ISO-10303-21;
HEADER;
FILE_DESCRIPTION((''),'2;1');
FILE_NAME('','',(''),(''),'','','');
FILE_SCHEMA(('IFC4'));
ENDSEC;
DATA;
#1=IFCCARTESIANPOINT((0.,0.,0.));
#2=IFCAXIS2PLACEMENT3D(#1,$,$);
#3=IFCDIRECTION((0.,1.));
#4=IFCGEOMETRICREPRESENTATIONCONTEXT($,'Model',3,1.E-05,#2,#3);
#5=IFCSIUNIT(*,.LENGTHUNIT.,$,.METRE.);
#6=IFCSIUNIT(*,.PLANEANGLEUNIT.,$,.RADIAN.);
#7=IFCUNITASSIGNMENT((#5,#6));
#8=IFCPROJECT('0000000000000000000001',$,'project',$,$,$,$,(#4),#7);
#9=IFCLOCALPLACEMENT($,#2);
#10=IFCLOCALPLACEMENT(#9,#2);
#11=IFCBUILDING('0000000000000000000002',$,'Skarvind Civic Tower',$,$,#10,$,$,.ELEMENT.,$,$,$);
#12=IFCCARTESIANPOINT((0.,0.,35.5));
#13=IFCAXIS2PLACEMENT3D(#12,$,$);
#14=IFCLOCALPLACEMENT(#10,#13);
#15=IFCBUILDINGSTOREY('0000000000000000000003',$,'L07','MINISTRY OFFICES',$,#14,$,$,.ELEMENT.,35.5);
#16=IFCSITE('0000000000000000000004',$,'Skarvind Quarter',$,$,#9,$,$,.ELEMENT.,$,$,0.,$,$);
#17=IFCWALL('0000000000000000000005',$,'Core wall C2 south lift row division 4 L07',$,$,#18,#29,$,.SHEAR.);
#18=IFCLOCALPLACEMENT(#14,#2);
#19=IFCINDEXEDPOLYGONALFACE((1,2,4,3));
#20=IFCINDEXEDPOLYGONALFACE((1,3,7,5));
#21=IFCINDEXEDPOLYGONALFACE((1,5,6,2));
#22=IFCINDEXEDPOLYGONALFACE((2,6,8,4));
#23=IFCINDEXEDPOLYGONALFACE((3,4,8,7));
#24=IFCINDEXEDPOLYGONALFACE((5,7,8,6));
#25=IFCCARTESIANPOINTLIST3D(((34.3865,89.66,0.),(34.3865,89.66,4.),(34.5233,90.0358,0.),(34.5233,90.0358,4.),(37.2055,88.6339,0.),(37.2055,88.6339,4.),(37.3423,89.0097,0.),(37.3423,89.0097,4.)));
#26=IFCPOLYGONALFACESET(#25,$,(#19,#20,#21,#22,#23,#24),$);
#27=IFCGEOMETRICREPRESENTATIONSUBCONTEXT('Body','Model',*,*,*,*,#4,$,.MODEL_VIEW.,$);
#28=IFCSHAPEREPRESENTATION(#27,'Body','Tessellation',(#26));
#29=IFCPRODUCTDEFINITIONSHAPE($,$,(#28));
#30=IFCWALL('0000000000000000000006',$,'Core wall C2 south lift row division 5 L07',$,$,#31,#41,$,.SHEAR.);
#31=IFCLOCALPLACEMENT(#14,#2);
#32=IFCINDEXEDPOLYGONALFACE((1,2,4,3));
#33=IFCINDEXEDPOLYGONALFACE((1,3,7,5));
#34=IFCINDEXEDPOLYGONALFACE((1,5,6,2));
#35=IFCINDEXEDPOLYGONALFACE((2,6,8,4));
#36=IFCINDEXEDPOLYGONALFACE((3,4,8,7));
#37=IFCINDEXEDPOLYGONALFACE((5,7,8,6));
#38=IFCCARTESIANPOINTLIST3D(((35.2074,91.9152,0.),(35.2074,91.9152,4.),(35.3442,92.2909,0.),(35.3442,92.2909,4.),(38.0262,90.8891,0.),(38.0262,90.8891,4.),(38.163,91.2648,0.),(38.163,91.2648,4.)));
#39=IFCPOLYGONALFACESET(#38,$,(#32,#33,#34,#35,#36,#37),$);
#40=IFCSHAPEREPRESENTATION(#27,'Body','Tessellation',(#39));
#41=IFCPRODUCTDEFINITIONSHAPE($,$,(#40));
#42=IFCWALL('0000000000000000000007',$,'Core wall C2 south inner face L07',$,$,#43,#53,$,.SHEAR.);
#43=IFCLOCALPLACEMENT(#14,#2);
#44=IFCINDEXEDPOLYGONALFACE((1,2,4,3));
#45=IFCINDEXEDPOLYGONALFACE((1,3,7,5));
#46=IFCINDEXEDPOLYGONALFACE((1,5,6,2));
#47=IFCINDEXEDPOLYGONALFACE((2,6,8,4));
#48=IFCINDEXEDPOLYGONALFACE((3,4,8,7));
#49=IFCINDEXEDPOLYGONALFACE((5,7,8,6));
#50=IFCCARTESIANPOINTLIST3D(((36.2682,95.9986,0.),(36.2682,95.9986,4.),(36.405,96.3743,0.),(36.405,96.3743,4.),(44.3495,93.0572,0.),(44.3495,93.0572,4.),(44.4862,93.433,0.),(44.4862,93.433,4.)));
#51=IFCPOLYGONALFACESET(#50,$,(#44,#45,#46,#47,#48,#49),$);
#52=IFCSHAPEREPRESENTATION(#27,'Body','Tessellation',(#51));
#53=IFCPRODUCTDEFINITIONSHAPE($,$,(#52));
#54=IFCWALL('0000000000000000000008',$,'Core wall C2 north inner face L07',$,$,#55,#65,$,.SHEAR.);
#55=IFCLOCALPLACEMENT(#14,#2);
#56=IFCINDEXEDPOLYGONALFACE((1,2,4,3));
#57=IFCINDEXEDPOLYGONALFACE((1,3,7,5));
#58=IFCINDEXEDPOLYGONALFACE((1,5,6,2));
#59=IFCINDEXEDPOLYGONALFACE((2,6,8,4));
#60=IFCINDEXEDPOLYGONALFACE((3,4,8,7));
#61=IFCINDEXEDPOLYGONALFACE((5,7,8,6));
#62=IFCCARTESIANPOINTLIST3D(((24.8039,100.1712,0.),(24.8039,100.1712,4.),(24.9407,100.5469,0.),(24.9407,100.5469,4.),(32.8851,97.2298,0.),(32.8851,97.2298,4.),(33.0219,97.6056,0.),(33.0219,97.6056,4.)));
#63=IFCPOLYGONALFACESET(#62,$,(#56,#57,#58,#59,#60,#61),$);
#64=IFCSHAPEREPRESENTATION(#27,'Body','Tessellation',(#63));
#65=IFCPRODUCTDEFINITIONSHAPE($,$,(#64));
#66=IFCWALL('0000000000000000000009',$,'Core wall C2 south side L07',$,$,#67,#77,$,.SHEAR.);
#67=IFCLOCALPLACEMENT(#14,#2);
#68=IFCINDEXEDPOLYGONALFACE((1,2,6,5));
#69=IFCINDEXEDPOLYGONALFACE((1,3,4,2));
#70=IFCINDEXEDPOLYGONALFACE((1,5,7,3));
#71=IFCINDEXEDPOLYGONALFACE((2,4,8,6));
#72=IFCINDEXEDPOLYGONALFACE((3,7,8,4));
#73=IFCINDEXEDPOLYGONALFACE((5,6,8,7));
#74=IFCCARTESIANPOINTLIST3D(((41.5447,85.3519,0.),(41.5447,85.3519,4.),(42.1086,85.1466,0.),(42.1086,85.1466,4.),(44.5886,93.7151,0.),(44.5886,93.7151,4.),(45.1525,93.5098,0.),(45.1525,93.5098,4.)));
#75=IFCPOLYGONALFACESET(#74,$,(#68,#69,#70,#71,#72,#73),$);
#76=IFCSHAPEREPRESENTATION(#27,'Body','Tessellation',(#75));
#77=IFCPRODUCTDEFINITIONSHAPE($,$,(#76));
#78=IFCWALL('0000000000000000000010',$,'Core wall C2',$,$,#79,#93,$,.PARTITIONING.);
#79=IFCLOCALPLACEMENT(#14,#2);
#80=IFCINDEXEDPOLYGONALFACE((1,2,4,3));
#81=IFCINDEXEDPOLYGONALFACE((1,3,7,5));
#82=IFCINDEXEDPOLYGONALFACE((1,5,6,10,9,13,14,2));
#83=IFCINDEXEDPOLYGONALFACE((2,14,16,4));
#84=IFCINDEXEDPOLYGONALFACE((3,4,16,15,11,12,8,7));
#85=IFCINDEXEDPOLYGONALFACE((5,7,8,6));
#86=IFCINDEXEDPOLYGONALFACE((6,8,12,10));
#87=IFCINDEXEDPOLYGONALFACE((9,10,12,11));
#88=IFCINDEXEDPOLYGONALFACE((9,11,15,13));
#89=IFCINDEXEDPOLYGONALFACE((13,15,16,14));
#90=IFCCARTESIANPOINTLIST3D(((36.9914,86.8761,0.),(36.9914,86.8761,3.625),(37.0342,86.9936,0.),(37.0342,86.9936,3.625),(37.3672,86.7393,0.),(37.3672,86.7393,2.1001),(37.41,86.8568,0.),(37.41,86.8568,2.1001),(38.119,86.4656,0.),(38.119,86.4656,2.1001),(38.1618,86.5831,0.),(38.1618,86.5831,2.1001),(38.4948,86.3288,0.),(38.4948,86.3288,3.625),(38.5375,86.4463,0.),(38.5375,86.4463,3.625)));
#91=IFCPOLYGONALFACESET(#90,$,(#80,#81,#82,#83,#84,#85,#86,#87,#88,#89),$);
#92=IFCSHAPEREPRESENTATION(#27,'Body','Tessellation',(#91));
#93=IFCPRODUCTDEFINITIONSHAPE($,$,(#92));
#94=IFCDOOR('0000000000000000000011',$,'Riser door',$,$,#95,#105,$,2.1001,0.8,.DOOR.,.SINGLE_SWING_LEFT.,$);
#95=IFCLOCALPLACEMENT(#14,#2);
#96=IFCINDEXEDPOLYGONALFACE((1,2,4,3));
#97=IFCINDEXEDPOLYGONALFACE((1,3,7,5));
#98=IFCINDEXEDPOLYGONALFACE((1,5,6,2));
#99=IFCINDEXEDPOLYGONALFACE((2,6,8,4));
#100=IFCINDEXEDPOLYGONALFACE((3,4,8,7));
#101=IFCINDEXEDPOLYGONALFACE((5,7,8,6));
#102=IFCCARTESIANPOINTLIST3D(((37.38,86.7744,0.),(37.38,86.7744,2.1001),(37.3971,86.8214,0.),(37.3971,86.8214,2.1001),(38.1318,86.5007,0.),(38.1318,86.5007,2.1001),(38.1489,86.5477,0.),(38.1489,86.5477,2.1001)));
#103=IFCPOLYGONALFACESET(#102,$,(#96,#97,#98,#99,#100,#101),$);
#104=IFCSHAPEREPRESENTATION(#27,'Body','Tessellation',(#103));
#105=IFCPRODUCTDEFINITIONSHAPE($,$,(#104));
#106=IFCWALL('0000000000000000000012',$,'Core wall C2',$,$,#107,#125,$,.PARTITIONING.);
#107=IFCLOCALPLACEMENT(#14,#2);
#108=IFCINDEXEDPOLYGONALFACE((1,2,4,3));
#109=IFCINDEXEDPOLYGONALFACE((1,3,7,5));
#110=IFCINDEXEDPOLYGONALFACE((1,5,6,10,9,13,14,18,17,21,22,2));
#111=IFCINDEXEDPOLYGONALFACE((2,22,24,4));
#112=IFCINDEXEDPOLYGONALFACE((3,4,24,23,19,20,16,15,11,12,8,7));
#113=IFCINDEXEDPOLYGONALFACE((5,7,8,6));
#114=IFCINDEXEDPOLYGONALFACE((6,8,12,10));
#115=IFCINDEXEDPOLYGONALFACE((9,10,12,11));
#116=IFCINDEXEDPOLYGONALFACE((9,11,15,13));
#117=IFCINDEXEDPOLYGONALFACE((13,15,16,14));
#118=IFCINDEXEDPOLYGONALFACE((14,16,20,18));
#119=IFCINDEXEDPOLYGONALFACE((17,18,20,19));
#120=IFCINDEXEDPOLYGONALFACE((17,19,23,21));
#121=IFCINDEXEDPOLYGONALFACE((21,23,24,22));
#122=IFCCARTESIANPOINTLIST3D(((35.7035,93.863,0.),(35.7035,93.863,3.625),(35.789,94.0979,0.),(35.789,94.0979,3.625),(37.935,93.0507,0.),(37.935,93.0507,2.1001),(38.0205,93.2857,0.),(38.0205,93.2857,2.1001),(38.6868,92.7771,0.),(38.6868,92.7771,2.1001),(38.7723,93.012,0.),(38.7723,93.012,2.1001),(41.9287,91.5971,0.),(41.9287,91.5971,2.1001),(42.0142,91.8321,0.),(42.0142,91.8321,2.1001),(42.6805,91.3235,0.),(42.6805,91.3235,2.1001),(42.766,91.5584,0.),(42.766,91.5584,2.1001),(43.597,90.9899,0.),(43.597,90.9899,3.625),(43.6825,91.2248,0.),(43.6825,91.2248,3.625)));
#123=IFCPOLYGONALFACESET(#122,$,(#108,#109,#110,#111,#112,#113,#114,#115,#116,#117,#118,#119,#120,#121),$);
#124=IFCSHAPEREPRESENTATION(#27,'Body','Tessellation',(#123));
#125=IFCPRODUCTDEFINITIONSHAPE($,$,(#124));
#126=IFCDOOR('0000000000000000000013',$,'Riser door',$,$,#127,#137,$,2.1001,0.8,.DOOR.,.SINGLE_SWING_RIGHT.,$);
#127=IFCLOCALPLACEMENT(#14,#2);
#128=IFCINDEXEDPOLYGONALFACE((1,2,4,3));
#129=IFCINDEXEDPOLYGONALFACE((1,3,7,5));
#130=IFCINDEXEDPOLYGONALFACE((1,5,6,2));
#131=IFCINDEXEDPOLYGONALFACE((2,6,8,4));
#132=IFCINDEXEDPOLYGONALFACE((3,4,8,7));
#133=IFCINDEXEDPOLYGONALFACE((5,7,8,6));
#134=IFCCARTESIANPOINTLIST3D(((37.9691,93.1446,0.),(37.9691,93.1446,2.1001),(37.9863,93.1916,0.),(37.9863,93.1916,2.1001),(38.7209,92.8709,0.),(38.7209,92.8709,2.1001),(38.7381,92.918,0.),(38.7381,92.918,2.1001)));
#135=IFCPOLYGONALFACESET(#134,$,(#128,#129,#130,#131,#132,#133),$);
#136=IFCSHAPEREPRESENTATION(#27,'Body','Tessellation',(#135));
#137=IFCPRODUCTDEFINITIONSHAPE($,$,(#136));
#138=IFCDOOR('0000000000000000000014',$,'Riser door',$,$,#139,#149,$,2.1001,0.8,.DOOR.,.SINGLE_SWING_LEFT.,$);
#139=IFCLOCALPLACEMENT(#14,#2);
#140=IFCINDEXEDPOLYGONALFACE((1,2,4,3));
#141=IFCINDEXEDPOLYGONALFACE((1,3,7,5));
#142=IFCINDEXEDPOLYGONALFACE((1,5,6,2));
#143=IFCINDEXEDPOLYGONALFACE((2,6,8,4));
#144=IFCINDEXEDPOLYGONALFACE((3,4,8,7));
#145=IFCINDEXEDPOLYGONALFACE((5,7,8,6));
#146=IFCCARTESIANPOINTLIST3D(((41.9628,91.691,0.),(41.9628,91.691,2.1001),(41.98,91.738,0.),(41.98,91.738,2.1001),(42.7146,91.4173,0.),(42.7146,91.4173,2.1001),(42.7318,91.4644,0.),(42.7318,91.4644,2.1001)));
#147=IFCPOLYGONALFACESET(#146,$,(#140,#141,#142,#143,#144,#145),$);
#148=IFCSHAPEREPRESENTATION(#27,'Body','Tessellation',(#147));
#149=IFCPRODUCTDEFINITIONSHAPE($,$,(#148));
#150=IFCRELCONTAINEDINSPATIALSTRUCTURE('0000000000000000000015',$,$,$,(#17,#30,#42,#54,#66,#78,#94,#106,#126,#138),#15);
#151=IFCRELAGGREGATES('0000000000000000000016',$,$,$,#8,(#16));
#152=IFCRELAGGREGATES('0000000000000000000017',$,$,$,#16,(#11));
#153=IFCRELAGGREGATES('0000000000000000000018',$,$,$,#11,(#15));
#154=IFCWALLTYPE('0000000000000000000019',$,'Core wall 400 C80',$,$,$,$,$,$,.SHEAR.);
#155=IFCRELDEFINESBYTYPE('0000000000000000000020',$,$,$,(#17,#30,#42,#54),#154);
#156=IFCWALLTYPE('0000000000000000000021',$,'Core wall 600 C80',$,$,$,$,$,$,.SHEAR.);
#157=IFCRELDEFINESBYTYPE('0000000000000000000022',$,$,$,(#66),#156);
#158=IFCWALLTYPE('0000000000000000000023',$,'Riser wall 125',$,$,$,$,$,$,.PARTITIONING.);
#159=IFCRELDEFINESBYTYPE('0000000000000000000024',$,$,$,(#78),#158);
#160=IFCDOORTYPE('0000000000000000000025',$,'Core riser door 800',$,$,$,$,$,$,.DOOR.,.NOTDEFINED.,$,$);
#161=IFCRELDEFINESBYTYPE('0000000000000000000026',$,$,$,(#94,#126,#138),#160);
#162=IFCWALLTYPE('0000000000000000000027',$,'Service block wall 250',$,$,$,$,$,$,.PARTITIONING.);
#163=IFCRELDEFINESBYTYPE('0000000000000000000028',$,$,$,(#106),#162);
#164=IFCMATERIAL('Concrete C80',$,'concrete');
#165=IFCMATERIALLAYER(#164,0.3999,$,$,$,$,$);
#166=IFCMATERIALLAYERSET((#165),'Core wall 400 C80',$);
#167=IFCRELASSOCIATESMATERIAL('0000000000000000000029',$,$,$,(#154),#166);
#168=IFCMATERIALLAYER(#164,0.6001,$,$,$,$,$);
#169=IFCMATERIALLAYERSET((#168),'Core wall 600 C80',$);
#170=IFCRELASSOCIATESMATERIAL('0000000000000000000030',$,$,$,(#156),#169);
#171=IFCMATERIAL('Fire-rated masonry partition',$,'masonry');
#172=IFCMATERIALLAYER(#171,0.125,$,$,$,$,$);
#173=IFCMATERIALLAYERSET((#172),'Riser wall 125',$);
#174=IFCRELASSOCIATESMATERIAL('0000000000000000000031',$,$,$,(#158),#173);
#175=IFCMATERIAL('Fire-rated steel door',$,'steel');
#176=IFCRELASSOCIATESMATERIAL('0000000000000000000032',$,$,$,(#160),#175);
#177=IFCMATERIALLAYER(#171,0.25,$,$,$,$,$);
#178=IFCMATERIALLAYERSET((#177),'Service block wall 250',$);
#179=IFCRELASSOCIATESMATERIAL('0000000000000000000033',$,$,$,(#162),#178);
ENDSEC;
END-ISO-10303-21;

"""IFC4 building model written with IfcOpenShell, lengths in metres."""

from ifc_helpers import new_model, si_unit, direction, frame, frame_2d, origin, place, context, subcontext, project, spatial, rectangle, extrude, material, layer, layer_set, type_object, element, fill, save


model = new_model("IFC4")

# Units and contexts
model_context = context("Model", 3, precision=1e-05, world=origin(), true_north=direction((0.0, 1.0)))
body_context = subcontext(model_context, "Body", "Model", "MODEL_VIEW")
ifc_project = project(units=[si_unit("LENGTHUNIT", "METRE"), si_unit("PLANEANGLEUNIT", "RADIAN")], contexts=[model_context])

# Site, building, storey
site_placement = place(None, origin())
site = spatial("IfcSite", under=ifc_project, at=site_placement, Name="Skarvind Quarter", CompositionType="ELEMENT", RefElevation=0.0)
building_placement = place(site_placement, origin())
building = spatial("IfcBuilding", under=site, at=building_placement, Name="Skarvind Civic Tower", CompositionType="ELEMENT")
storey_placement = place(building_placement, frame((0.0, 0.0, 35.5)))
storey = spatial("IfcBuildingStorey", under=building, at=storey_placement, Name="L07", Description="MINISTRY OFFICES", CompositionType="ELEMENT", Elevation=35.5)

# Shared definitions
ifc_material_1 = material(Name="Concrete C80", Category="concrete")

# Shared definitions
ifc_material_2 = material(Name="Fire-rated masonry partition", Category="masonry")
ifc_material_3 = material(Name="Fire-rated steel door", Category="steel")

# Walls
ifc_layer_1 = layer(ifc_material_1, 0.3999)
ifc_layer_set_1 = layer_set([ifc_layer_1], Name="Core wall 400 C80")
wall_type_1 = type_object("IfcWallType", Name="Core wall 400 C80", PredefinedType="SHEAR", material=ifc_layer_set_1)
for number, where, z_axis, x_axis, name in (
    (1, (37.2739, 88.8218, 0.0), (0.0, 0.0, 1.0), (-0.939686, 0.342037, 0.0), "Core wall C2 south lift row division 4 L07"),
):
    element("IfcWall", number, at=place(storey_placement, frame(where, z_axis=z_axis, x_axis=x_axis)), inside=storey, type_object=wall_type_1, Name=name, PredefinedType="SHEAR", context=body_context, shape_type="SweptSolid", body=[
        extrude(rectangle(XDim=3.0, YDim=0.3999, at=frame_2d((1.5, 0.0))), origin(), (0.0, 0.0, 1.0), 4.0),
    ])
wall_1_placement = place(storey_placement, frame((38.0947, 91.0769, 0.0), z_axis=(0.0, 0.0, 1.0), x_axis=(-0.939677, 0.342063, 0.0)))
element("IfcWall", 2, at=wall_1_placement, inside=storey, type_object=wall_type_1, Name="Core wall C2 south lift row division 5 L07", PredefinedType="SHEAR", context=body_context, shape_type="SweptSolid", body=[
    extrude(rectangle(XDim=2.9998, YDim=0.3999, at=frame_2d((1.5, 0.0))), origin(), (0.0, 0.0, 1.0), 4.0),
])
for number, where, z_axis, x_axis, name in (
    (3, (44.4177, 93.2451, 0.0), (0.0, 0.0, 1.0), (-0.939691, 0.342026, 0.0), "Core wall C2 south inner face L07"),
    (4, (32.9534, 97.4177, 0.0), (0.0, 0.0, 1.0), (-0.939691, 0.342026, 0.0), "Core wall C2 north inner face L07"),
):
    element("IfcWall", number, at=place(storey_placement, frame(where, z_axis=z_axis, x_axis=x_axis)), inside=storey, type_object=wall_type_1, Name=name, PredefinedType="SHEAR", context=body_context, shape_type="SweptSolid", body=[
        extrude(rectangle(XDim=8.5999, YDim=0.3999, at=frame_2d((4.2998, 0.0))), origin(), (0.0, 0.0, 1.0), 4.0),
    ])
ifc_layer_2 = layer(ifc_material_1, 0.6001)
ifc_layer_set_2 = layer_set([ifc_layer_2], Name="Core wall 600 C80")
wall_type_2 = type_object("IfcWallType", Name="Core wall 600 C80", PredefinedType="SHEAR", material=ifc_layer_set_2)
wall_2_placement = place(storey_placement, frame((41.8267, 85.2493, 0.0), z_axis=(0.0, 0.0, 1.0), x_axis=(0.342016, 0.939694, 0.0)))
element("IfcWall", 5, at=wall_2_placement, inside=storey, type_object=wall_type_2, Name="Core wall C2 south side L07", PredefinedType="SHEAR", context=body_context, shape_type="SweptSolid", body=[
    extrude(rectangle(XDim=8.8999, YDim=0.6001, at=frame_2d((4.45, 0.0))), origin(), (0.0, 0.0, 1.0), 4.0),
])

# Wall, opening, door
ifc_layer_3 = layer(ifc_material_2, 0.125)
ifc_layer_set_3 = layer_set([ifc_layer_3], Name="Riser wall 125")
wall_type_3 = type_object("IfcWallType", Name="Riser wall 125", PredefinedType="PARTITIONING", material=ifc_layer_set_3)
wall_3_placement = place(storey_placement, frame((37.0129, 86.9348, 0.0), z_axis=(0.0, 0.0, 1.0), x_axis=(0.93966, -0.342111, 0.0)))
wall_3 = element("IfcWall", 6, at=wall_3_placement, inside=storey, type_object=wall_type_3, Name="Core wall C2", PredefinedType="PARTITIONING", context=body_context, shape_type="SweptSolid", body=[
    extrude(rectangle(XDim=1.5999, YDim=0.125, at=frame_2d((0.7998, 0.0))), origin(), (0.0, 0.0, 1.0), 3.625),
])
opening_1_placement = place(wall_3_placement, frame((0.3999, 0.0, 0.0)))
opening_1 = element("IfcOpeningElement", 7, at=opening_1_placement, cuts=wall_3, PredefinedType="OPENING", context=body_context, shape_type="SweptSolid", body=[
    extrude(rectangle(XDim=0.8, YDim=2.1001, at=frame_2d((0.3999, 1.05))), frame((0.0, 0.0725, 0.0), z_axis=(0.0, -1.0, 0.0), x_axis=(1.0, 0.0, 0.0)), (0.0, 0.0, 1.0), 0.145),
])
door_type_1 = type_object("IfcDoorType", Name="Core riser door 800", OperationType="NOTDEFINED", PredefinedType="DOOR", material=ifc_material_3)
door_1_placement = place(opening_1_placement, origin())
door_1 = element("IfcDoor", 8, at=door_1_placement, inside=storey, type_object=door_type_1, Name="Riser door", OperationType="SINGLE_SWING_LEFT", OverallHeight=2.1001, OverallWidth=0.8, PredefinedType="DOOR", context=body_context, shape_type="SweptSolid", body=[
    extrude(rectangle(XDim=0.8, YDim=2.1001, at=frame_2d((0.3999, 1.05))), frame((0.0, 0.0249, 0.0), z_axis=(0.0, -1.0, 0.0), x_axis=(1.0, 0.0, 0.0)), (0.0, 0.0, 1.0), 0.05),
])
fill(opening_1, door_1)

# Wall, openings, doors
ifc_layer_4 = layer(ifc_material_2, 0.25)
ifc_layer_set_4 = layer_set([ifc_layer_4], Name="Service block wall 250")
wall_type_4 = type_object("IfcWallType", Name="Service block wall 250", PredefinedType="PARTITIONING", material=ifc_layer_set_4)
wall_4_placement = place(storey_placement, frame((35.7461, 93.9805, 0.0), z_axis=(0.0, 0.0, 1.0), x_axis=(0.939692, -0.342023, 0.0)))
wall_4 = element("IfcWall", 9, at=wall_4_placement, inside=storey, type_object=wall_type_4, Name="Core wall C2", PredefinedType="PARTITIONING", context=body_context, shape_type="SweptSolid", body=[
    extrude(rectangle(XDim=8.4001, YDim=0.25, at=frame_2d((4.2002, 0.0))), origin(), (0.0, 0.0, 1.0), 3.625),
])
opening_2_placement = place(wall_4_placement, frame((2.375, 0.0, 0.0)))
opening_2 = element("IfcOpeningElement", 10, at=opening_2_placement, cuts=wall_4, PredefinedType="OPENING", context=body_context, shape_type="SweptSolid", body=[
    extrude(rectangle(XDim=0.8, YDim=2.1001, at=frame_2d((0.3999, 1.05))), frame((0.0, 0.135, 0.0), z_axis=(0.0, -1.0, 0.0), x_axis=(1.0, 0.0, 0.0)), (0.0, 0.0, 1.0), 0.27),
])
opening_3_placement = place(wall_4_placement, frame((6.625, 0.0, 0.0)))
opening_3 = element("IfcOpeningElement", 11, at=opening_3_placement, cuts=wall_4, PredefinedType="OPENING", context=body_context, shape_type="SweptSolid", body=[
    extrude(rectangle(XDim=0.8, YDim=2.1001, at=frame_2d((0.3999, 1.05))), frame((0.0, 0.135, 0.0), z_axis=(0.0, -1.0, 0.0), x_axis=(1.0, 0.0, 0.0)), (0.0, 0.0, 1.0), 0.27),
])
door_2_placement = place(opening_2_placement, origin())
door_2 = element("IfcDoor", 12, at=door_2_placement, inside=storey, type_object=door_type_1, Name="Riser door", OperationType="SINGLE_SWING_RIGHT", OverallHeight=2.1001, OverallWidth=0.8, PredefinedType="DOOR", context=body_context, shape_type="SweptSolid", body=[
    extrude(rectangle(XDim=0.8, YDim=2.1001, at=frame_2d((0.3999, 1.05))), frame((0.0, 0.0249, 0.0), z_axis=(0.0, -1.0, 0.0), x_axis=(1.0, 0.0, 0.0)), (0.0, 0.0, 1.0), 0.05),
])
fill(opening_2, door_2)
door_3_placement = place(opening_3_placement, origin())
door_3 = element("IfcDoor", 13, at=door_3_placement, inside=storey, type_object=door_type_1, Name="Riser door", OperationType="SINGLE_SWING_LEFT", OverallHeight=2.1001, OverallWidth=0.8, PredefinedType="DOOR", context=body_context, shape_type="SweptSolid", body=[
    extrude(rectangle(XDim=0.8, YDim=2.1001, at=frame_2d((0.3999, 1.05))), frame((0.0, 0.0249, 0.0), z_axis=(0.0, -1.0, 0.0), x_axis=(1.0, 0.0, 0.0)), (0.0, 0.0, 1.0), 0.05),
])
fill(opening_3, door_3)

save(model, "model.ifc")
